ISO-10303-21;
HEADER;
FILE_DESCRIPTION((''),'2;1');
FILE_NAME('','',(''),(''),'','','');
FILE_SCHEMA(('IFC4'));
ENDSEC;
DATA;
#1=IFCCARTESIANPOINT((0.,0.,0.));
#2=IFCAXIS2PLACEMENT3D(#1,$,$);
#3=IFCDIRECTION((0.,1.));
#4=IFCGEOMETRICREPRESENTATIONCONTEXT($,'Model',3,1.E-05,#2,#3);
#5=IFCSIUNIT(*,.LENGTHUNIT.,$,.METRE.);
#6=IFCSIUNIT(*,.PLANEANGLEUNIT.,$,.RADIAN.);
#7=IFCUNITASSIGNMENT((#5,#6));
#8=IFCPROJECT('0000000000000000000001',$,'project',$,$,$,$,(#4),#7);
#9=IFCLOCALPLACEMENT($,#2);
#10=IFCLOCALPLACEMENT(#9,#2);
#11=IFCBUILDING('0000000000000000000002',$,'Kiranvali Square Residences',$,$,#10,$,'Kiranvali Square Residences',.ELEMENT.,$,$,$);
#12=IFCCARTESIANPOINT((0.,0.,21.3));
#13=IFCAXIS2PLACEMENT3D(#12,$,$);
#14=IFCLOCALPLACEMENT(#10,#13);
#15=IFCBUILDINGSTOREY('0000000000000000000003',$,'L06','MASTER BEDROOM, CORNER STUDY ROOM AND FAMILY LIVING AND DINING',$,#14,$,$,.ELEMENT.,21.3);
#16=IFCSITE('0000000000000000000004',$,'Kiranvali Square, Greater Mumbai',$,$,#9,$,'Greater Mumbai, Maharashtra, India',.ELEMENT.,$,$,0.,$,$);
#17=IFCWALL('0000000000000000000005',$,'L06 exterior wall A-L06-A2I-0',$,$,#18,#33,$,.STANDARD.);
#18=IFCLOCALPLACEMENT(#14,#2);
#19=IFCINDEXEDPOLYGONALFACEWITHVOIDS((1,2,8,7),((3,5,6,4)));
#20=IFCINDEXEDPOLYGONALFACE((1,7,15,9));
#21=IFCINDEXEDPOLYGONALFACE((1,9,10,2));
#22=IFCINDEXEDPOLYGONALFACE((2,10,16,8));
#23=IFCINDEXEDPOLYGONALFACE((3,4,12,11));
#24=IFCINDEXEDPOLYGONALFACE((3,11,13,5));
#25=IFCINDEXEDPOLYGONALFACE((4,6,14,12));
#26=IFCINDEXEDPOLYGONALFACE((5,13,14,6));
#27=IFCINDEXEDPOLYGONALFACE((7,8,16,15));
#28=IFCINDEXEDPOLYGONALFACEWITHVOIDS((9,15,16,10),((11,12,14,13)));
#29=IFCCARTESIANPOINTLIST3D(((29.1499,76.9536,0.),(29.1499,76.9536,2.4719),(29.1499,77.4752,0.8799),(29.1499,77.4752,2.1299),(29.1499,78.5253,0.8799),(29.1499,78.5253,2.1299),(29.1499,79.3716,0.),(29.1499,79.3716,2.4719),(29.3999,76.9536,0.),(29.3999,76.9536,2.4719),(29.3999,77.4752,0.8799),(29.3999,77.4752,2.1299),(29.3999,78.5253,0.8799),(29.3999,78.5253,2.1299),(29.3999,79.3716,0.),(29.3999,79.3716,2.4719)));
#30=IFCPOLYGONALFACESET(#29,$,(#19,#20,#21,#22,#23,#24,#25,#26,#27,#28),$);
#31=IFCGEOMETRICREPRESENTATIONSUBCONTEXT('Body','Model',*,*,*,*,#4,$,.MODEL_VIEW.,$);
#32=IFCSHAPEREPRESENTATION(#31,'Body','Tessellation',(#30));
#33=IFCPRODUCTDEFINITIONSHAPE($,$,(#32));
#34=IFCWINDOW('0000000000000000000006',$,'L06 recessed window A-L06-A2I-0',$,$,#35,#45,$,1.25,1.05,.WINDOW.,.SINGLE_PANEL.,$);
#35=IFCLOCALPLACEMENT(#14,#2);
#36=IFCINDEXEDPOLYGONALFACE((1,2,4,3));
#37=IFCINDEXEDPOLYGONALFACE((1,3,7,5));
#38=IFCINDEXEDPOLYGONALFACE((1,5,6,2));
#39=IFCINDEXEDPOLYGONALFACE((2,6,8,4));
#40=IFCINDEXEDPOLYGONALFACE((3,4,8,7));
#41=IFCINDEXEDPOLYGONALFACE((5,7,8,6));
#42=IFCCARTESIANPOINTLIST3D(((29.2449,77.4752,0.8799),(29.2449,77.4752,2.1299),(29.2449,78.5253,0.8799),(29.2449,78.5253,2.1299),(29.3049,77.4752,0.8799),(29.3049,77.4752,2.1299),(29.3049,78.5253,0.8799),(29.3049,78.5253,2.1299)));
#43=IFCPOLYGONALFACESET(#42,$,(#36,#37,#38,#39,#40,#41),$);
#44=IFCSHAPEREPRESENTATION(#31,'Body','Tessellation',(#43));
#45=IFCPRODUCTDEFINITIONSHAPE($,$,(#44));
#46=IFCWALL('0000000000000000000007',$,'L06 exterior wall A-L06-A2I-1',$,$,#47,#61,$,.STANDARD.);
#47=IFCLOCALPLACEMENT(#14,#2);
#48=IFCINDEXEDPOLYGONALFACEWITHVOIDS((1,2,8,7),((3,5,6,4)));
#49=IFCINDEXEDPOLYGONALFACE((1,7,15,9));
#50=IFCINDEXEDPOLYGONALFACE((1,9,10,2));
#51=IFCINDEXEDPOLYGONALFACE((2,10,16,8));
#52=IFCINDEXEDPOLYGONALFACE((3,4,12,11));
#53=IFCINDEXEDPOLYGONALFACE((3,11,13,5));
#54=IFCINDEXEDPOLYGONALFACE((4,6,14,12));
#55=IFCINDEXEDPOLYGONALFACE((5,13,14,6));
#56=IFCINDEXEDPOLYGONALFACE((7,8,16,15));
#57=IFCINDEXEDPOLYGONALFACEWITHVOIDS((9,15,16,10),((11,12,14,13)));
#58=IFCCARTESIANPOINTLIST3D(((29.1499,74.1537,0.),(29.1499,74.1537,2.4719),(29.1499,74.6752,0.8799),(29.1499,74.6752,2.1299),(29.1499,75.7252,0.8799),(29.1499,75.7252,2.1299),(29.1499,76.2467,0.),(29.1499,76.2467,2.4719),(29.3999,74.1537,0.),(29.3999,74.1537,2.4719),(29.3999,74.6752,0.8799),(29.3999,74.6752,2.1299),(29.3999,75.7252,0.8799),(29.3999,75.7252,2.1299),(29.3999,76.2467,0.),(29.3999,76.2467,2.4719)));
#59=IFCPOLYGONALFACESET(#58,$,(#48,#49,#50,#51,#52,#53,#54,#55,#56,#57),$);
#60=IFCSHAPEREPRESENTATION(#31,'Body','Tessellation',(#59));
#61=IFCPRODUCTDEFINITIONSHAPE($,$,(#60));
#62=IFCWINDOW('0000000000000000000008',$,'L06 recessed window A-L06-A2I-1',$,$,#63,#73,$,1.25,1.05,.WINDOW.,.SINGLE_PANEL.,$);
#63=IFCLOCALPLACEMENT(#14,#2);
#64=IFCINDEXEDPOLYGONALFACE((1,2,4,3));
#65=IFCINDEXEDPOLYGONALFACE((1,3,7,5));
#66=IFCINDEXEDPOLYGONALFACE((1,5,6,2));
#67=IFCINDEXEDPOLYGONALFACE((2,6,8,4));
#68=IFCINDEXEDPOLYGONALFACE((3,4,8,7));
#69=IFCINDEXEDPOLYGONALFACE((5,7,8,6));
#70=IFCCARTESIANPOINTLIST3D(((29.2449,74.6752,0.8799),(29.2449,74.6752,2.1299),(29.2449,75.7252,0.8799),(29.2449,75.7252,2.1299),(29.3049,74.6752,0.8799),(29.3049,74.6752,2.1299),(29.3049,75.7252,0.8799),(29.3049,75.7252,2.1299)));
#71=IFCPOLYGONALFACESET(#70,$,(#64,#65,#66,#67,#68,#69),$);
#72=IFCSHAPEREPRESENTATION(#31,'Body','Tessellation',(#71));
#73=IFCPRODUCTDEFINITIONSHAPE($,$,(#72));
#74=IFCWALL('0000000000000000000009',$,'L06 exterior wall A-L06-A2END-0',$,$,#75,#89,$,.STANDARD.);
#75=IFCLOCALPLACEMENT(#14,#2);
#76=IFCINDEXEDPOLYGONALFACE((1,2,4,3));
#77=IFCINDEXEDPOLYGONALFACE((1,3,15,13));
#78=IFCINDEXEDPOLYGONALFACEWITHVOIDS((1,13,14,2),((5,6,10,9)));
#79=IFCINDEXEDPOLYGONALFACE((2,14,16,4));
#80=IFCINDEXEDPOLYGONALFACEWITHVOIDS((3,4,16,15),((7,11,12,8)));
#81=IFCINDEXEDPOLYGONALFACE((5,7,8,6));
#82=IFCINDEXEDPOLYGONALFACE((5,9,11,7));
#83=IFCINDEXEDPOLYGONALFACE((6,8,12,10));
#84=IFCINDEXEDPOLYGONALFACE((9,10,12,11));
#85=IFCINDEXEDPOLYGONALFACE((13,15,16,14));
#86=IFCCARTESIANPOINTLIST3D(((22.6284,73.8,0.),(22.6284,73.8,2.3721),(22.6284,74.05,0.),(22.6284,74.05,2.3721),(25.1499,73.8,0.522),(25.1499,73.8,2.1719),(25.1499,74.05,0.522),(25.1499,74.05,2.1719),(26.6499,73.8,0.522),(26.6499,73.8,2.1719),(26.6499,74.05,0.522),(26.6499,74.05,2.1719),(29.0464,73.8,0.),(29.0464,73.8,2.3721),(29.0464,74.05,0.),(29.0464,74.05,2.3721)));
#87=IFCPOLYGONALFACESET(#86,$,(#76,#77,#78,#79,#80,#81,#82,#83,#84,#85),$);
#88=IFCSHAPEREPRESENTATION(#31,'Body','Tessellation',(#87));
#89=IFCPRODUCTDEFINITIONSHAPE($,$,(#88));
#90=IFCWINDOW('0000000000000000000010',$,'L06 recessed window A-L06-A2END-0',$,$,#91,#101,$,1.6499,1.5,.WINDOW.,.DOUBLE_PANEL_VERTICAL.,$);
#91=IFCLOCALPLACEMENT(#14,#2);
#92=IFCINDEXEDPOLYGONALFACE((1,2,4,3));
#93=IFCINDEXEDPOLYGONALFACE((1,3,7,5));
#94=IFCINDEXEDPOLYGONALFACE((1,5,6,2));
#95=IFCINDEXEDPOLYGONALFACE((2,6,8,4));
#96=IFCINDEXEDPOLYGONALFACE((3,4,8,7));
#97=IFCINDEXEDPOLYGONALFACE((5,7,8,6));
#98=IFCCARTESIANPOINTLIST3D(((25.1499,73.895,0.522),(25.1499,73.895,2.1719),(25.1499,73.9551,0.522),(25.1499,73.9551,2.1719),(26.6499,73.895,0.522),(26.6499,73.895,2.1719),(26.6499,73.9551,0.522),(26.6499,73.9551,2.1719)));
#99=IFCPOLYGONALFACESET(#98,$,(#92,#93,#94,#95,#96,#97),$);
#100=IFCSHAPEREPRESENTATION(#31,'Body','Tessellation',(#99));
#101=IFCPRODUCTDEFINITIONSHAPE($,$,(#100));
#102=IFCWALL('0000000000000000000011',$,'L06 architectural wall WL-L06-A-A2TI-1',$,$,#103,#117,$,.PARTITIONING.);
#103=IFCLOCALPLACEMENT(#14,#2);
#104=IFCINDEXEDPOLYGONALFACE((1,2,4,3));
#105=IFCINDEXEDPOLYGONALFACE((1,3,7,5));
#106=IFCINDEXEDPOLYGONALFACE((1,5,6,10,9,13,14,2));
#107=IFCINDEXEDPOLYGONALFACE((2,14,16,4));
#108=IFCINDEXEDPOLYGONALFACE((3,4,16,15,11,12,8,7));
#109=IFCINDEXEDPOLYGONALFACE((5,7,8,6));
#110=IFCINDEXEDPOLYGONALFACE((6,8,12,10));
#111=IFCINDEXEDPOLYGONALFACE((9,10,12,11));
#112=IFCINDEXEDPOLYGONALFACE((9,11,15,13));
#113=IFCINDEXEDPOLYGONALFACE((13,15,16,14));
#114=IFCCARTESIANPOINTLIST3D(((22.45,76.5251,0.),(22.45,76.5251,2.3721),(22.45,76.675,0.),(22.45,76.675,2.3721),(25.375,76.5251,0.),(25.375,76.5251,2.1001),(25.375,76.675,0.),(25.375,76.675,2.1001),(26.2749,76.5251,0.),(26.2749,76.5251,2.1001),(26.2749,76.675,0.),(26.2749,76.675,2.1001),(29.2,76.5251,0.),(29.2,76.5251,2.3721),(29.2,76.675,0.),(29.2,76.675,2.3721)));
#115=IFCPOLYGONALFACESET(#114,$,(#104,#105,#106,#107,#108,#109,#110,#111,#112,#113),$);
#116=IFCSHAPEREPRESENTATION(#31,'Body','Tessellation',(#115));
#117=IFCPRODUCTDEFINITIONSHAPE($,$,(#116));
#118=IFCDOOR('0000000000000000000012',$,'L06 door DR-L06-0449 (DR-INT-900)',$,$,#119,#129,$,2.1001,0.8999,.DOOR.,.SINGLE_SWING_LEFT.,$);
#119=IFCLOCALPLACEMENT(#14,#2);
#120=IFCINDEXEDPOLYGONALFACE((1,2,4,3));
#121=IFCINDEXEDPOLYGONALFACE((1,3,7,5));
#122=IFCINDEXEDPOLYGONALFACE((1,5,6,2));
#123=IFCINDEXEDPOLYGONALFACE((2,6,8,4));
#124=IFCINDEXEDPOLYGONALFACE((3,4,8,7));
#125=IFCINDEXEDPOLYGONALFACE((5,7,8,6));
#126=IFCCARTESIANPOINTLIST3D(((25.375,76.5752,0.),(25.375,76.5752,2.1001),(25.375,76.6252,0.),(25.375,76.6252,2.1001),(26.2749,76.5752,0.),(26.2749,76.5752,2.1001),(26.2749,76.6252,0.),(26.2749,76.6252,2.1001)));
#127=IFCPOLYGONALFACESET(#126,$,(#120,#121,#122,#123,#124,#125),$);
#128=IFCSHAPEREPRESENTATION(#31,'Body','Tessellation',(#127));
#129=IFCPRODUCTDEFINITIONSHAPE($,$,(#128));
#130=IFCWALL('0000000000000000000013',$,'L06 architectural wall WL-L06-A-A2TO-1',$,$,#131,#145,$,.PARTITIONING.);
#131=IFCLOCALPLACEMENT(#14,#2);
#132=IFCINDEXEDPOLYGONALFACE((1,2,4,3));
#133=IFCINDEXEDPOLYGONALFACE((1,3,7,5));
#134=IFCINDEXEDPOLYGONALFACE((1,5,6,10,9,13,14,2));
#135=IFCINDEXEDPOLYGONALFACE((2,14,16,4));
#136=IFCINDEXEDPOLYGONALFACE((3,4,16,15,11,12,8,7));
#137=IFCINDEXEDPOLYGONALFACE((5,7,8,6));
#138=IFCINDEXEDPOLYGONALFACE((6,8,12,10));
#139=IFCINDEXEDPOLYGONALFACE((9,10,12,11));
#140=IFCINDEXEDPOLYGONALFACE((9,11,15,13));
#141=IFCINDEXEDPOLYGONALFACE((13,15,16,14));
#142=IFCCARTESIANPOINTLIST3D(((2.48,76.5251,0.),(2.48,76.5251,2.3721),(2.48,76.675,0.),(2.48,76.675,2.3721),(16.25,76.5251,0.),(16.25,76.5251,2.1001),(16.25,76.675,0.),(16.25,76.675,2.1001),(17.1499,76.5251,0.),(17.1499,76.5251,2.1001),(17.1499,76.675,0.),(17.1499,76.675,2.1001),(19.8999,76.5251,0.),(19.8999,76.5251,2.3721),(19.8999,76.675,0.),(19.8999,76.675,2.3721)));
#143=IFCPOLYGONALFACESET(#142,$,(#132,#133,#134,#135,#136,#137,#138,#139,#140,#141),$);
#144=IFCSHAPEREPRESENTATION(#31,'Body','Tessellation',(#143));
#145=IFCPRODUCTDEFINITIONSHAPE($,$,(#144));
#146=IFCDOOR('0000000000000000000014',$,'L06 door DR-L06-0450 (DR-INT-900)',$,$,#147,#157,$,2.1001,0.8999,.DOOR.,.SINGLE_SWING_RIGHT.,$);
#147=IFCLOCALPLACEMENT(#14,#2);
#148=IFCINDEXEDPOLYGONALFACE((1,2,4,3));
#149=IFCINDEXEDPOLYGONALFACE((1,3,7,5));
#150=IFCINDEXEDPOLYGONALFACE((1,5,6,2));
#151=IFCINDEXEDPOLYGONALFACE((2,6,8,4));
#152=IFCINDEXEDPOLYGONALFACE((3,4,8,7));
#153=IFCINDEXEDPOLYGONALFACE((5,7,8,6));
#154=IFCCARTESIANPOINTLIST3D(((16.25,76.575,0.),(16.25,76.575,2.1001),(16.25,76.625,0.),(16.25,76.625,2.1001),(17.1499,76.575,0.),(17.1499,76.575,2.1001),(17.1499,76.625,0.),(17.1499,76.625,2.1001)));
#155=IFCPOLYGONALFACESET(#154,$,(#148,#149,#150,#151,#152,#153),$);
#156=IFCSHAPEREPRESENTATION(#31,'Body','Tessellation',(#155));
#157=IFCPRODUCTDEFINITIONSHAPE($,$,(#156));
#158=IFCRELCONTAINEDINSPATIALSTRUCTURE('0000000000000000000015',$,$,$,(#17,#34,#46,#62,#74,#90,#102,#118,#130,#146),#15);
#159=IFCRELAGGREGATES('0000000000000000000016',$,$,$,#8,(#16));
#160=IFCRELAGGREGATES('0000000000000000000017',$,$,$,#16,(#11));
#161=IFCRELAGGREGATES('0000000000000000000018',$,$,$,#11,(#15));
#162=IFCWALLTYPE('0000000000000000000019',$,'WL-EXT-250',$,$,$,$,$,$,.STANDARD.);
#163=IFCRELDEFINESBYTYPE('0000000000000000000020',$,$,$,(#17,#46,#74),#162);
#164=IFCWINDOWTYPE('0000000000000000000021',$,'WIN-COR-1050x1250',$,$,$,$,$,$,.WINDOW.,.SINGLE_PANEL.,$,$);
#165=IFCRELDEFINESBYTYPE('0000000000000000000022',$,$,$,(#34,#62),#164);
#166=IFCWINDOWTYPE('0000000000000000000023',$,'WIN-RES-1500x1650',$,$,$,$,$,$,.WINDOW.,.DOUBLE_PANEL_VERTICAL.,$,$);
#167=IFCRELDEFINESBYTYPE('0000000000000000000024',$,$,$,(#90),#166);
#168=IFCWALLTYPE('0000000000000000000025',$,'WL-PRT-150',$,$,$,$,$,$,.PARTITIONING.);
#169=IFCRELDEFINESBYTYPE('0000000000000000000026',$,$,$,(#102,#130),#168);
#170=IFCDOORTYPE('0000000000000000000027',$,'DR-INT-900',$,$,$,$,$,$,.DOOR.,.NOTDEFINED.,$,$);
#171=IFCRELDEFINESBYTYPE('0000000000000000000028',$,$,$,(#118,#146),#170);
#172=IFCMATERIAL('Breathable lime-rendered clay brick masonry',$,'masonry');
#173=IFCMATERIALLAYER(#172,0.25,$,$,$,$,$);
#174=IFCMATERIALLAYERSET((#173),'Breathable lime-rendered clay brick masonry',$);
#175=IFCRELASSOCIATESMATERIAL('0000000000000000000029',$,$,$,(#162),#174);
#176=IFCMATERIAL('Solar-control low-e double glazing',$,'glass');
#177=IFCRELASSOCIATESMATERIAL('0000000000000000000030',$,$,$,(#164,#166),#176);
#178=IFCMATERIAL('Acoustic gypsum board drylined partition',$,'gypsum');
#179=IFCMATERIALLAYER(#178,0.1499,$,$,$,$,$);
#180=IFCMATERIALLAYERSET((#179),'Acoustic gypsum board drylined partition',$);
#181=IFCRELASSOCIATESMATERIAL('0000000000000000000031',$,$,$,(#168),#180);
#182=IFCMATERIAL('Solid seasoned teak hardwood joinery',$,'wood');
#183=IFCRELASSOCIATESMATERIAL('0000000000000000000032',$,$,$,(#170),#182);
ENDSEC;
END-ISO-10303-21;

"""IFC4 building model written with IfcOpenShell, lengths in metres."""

from ifc_helpers import new_model, si_unit, direction, frame, frame_2d, origin, place, context, subcontext, project, spatial, rectangle, extrude, material, layer, layer_set, type_object, element, fill, save


model = new_model("IFC4")

# Units and contexts
model_context = context("Model", 3, precision=1e-05, world=origin(), true_north=direction((0.0, 1.0)))
body_context = subcontext(model_context, "Body", "Model", "MODEL_VIEW")
ifc_project = project(units=[si_unit("LENGTHUNIT", "METRE"), si_unit("PLANEANGLEUNIT", "RADIAN")], contexts=[model_context])

# Site, building, storey
site_placement = place(None, origin())
site = spatial("IfcSite", under=ifc_project, at=site_placement, Name="Kiranvali Square, Greater Mumbai", LongName="Greater Mumbai, Maharashtra, India", CompositionType="ELEMENT", RefElevation=0.0)
building_placement = place(site_placement, origin())
building = spatial("IfcBuilding", under=site, at=building_placement, Name="Kiranvali Square Residences", LongName="Kiranvali Square Residences", CompositionType="ELEMENT")
storey_placement = place(building_placement, frame((0.0, 0.0, 21.3)))
storey = spatial("IfcBuildingStorey", under=building, at=storey_placement, Name="L06", Description="MASTER BEDROOM, CORNER STUDY ROOM AND FAMILY LIVING AND DINING", CompositionType="ELEMENT", Elevation=21.3)

# Walls, openings, windows
ifc_material_1 = material(Name="Breathable lime-rendered clay brick masonry", Category="masonry")
ifc_layer_1 = layer(ifc_material_1, 0.25)
ifc_layer_set_1 = layer_set([ifc_layer_1], Name="Breathable lime-rendered clay brick masonry")
wall_type_1 = type_object("IfcWallType", Name="WL-EXT-250", PredefinedType="STANDARD", material=ifc_layer_set_1)
wall_1_placement = place(storey_placement, frame((29.2749, 79.3716, 0.0), z_axis=(0.0, 0.0, 1.0), x_axis=(0.0, -1.0, 0.0)))
wall_1 = element("IfcWall", 1, at=wall_1_placement, inside=storey, type_object=wall_type_1, Name="L06 exterior wall A-L06-A2I-0", PredefinedType="STANDARD", context=body_context, shape_type="SweptSolid", body=[
    extrude(rectangle(XDim=2.418, YDim=0.25, at=frame_2d((1.209, 0.0))), origin(), (0.0, 0.0, 1.0), 2.4719),
])
opening_1_placement = place(wall_1_placement, frame((0.8464, 0.0, 0.8799)))
opening_1 = element("IfcOpeningElement", 2, at=opening_1_placement, cuts=wall_1, PredefinedType="OPENING", context=body_context, shape_type="SweptSolid", body=[
    extrude(rectangle(XDim=1.05, YDim=1.25, at=frame_2d((0.5249, 0.625))), frame((0.0, 0.135, 0.0), z_axis=(0.0, -1.0, 0.0), x_axis=(1.0, 0.0, 0.0)), (0.0, 0.0, 1.0), 0.27),
])
ifc_material_2 = material(Name="Solar-control low-e double glazing", Category="glass")
window_type_1 = type_object("IfcWindowType", Name="WIN-COR-1050x1250", PartitioningType="SINGLE_PANEL", PredefinedType="WINDOW", material=ifc_material_2)
window_1_placement = place(opening_1_placement, origin())
window_1 = element("IfcWindow", 3, at=window_1_placement, inside=storey, type_object=window_type_1, Name="L06 recessed window A-L06-A2I-0", OverallHeight=1.25, OverallWidth=1.05, PartitioningType="SINGLE_PANEL", PredefinedType="WINDOW", context=body_context, shape_type="SweptSolid", body=[
    extrude(rectangle(XDim=1.05, YDim=1.25, at=frame_2d((0.5249, 0.625))), frame((0.0, 0.03, 0.0), z_axis=(0.0, -1.0, 0.0), x_axis=(1.0, 0.0, 0.0)), (0.0, 0.0, 1.0), 0.0601),
])
fill(opening_1, window_1)
wall_2_placement = place(storey_placement, frame((29.2749, 76.2466, 0.0), z_axis=(0.0, 0.0, 1.0), x_axis=(0.0, -1.0, 0.0)))
wall_2 = element("IfcWall", 4, at=wall_2_placement, inside=storey, type_object=wall_type_1, Name="L06 exterior wall A-L06-A2I-1", PredefinedType="STANDARD", context=body_context, shape_type="SweptSolid", body=[
    extrude(rectangle(XDim=2.093, YDim=0.25, at=frame_2d((1.0464, 0.0))), origin(), (0.0, 0.0, 1.0), 2.4719),
])
opening_2_placement = place(wall_2_placement, frame((0.5215, 0.0, 0.8799)))
opening_2 = element("IfcOpeningElement", 5, at=opening_2_placement, cuts=wall_2, PredefinedType="OPENING", context=body_context, shape_type="SweptSolid", body=[
    extrude(rectangle(XDim=1.05, YDim=1.25, at=frame_2d((0.5249, 0.625))), frame((0.0, 0.135, 0.0), z_axis=(0.0, -1.0, 0.0), x_axis=(1.0, 0.0, 0.0)), (0.0, 0.0, 1.0), 0.27),
])
window_2_placement = place(opening_2_placement, origin())
window_2 = element("IfcWindow", 6, at=window_2_placement, inside=storey, type_object=window_type_1, Name="L06 recessed window A-L06-A2I-1", OverallHeight=1.25, OverallWidth=1.05, PartitioningType="SINGLE_PANEL", PredefinedType="WINDOW", context=body_context, shape_type="SweptSolid", body=[
    extrude(rectangle(XDim=1.05, YDim=1.25, at=frame_2d((0.5249, 0.625))), frame((0.0, 0.03, 0.0), z_axis=(0.0, -1.0, 0.0), x_axis=(1.0, 0.0, 0.0)), (0.0, 0.0, 1.0), 0.0601),
])
fill(opening_2, window_2)
wall_3_placement = place(storey_placement, frame((29.0464, 73.925, 0.0), z_axis=(0.0, 0.0, 1.0), x_axis=(-1.0, 0.0, 0.0)))
wall_3 = element("IfcWall", 7, at=wall_3_placement, inside=storey, type_object=wall_type_1, Name="L06 exterior wall A-L06-A2END-0", PredefinedType="STANDARD", context=body_context, shape_type="SweptSolid", body=[
    extrude(rectangle(XDim=6.418, YDim=0.25, at=frame_2d((3.209, 0.0))), origin(), (0.0, 0.0, 1.0), 2.3721),
])
opening_3_placement = place(wall_3_placement, frame((2.3965, 0.0, 0.522)))
opening_3 = element("IfcOpeningElement", 8, at=opening_3_placement, cuts=wall_3, PredefinedType="OPENING", context=body_context, shape_type="SweptSolid", body=[
    extrude(rectangle(XDim=1.5, YDim=1.6499, at=frame_2d((0.75, 0.825))), frame((0.0, 0.135, 0.0), z_axis=(0.0, -1.0, 0.0), x_axis=(1.0, 0.0, 0.0)), (0.0, 0.0, 1.0), 0.27),
])
window_type_2 = type_object("IfcWindowType", Name="WIN-RES-1500x1650", PartitioningType="DOUBLE_PANEL_VERTICAL", PredefinedType="WINDOW", material=ifc_material_2)
window_3_placement = place(opening_3_placement, origin())
window_3 = element("IfcWindow", 9, at=window_3_placement, inside=storey, type_object=window_type_2, Name="L06 recessed window A-L06-A2END-0", OverallHeight=1.6499, OverallWidth=1.5, PartitioningType="DOUBLE_PANEL_VERTICAL", PredefinedType="WINDOW", context=body_context, shape_type="SweptSolid", body=[
    extrude(rectangle(XDim=1.5, YDim=1.6499, at=frame_2d((0.75, 0.825))), frame((0.0, 0.03, 0.0), z_axis=(0.0, -1.0, 0.0), x_axis=(1.0, 0.0, 0.0)), (0.0, 0.0, 1.0), 0.0601),
])
fill(opening_3, window_3)

# Walls, openings, doors
ifc_material_3 = material(Name="Acoustic gypsum board drylined partition", Category="gypsum")
ifc_layer_2 = layer(ifc_material_3, 0.1499)
ifc_layer_set_2 = layer_set([ifc_layer_2], Name="Acoustic gypsum board drylined partition")
wall_type_2 = type_object("IfcWallType", Name="WL-PRT-150", PredefinedType="PARTITIONING", material=ifc_layer_set_2)
wall_4_placement = place(storey_placement, frame((29.2, 76.6001, 0.0), z_axis=(0.0, 0.0, 1.0), x_axis=(-1.0, 0.0, 0.0)))
wall_4 = element("IfcWall", 10, at=wall_4_placement, inside=storey, type_object=wall_type_2, Name="L06 architectural wall WL-L06-A-A2TI-1", PredefinedType="PARTITIONING", context=body_context, shape_type="SweptSolid", body=[
    extrude(rectangle(XDim=6.75, YDim=0.1499, at=frame_2d((3.375, 0.0))), origin(), (0.0, 0.0, 1.0), 2.3721),
])
opening_4_placement = place(wall_4_placement, frame((2.925, 0.0, 0.0)))
opening_4 = element("IfcOpeningElement", 11, at=opening_4_placement, cuts=wall_4, PredefinedType="OPENING", context=body_context, shape_type="SweptSolid", body=[
    extrude(rectangle(XDim=0.8999, YDim=2.1001, at=frame_2d((0.45, 1.05))), frame((0.0, 0.085, 0.0), z_axis=(0.0, -1.0, 0.0), x_axis=(1.0, 0.0, 0.0)), (0.0, 0.0, 1.0), 0.1699),
])
ifc_material_4 = material(Name="Solid seasoned teak hardwood joinery", Category="wood")
door_type = type_object("IfcDoorType", Name="DR-INT-900", OperationType="NOTDEFINED", PredefinedType="DOOR", material=ifc_material_4)
door_1_placement = place(opening_4_placement, origin())
door_1 = element("IfcDoor", 12, at=door_1_placement, inside=storey, type_object=door_type, Name="L06 door DR-L06-0449 (DR-INT-900)", OperationType="SINGLE_SWING_LEFT", OverallHeight=2.1001, OverallWidth=0.8999, PredefinedType="DOOR", context=body_context, shape_type="SweptSolid", body=[
    extrude(rectangle(XDim=0.8999, YDim=2.1001, at=frame_2d((0.45, 1.05))), frame((0.0, 0.0249, 0.0), z_axis=(0.0, -1.0, 0.0), x_axis=(1.0, 0.0, 0.0)), (0.0, 0.0, 1.0), 0.05),
])
fill(opening_4, door_1)
wall_5_placement = place(storey_placement, frame((19.8999, 76.6001, 0.0), z_axis=(0.0, 0.0, 1.0), x_axis=(-1.0, 0.0, 0.0)))
wall_5 = element("IfcWall", 13, at=wall_5_placement, inside=storey, type_object=wall_type_2, Name="L06 architectural wall WL-L06-A-A2TO-1", PredefinedType="PARTITIONING", context=body_context, shape_type="SweptSolid", body=[
    extrude(rectangle(XDim=17.4199, YDim=0.1499, at=frame_2d((8.71, 0.0))), origin(), (0.0, 0.0, 1.0), 2.3721),
])
opening_5_placement = place(wall_5_placement, frame((2.75, 0.0, 0.0)))
opening_5 = element("IfcOpeningElement", 14, at=opening_5_placement, cuts=wall_5, PredefinedType="OPENING", context=body_context, shape_type="SweptSolid", body=[
    extrude(rectangle(XDim=0.8999, YDim=2.1001, at=frame_2d((0.45, 1.05))), frame((0.0, 0.085, 0.0), z_axis=(0.0, -1.0, 0.0), x_axis=(1.0, 0.0, 0.0)), (0.0, 0.0, 1.0), 0.1699),
])
door_2_placement = place(opening_5_placement, frame((0.8999, 0.0, 0.0), z_axis=(0.0, 0.0, 1.0), x_axis=(-1.0, 0.0, 0.0)))
door_2 = element("IfcDoor", 15, at=door_2_placement, inside=storey, type_object=door_type, Name="L06 door DR-L06-0450 (DR-INT-900)", OperationType="SINGLE_SWING_RIGHT", OverallHeight=2.1001, OverallWidth=0.8999, PredefinedType="DOOR", context=body_context, shape_type="SweptSolid", body=[
    extrude(rectangle(XDim=0.8999, YDim=2.1001, at=frame_2d((0.45, 1.05))), frame((0.0, 0.0249, 0.0), z_axis=(0.0, -1.0, 0.0), x_axis=(1.0, 0.0, 0.0)), (0.0, 0.0, 1.0), 0.05),
])
fill(opening_5, door_2)

save(model, "model.ifc")
